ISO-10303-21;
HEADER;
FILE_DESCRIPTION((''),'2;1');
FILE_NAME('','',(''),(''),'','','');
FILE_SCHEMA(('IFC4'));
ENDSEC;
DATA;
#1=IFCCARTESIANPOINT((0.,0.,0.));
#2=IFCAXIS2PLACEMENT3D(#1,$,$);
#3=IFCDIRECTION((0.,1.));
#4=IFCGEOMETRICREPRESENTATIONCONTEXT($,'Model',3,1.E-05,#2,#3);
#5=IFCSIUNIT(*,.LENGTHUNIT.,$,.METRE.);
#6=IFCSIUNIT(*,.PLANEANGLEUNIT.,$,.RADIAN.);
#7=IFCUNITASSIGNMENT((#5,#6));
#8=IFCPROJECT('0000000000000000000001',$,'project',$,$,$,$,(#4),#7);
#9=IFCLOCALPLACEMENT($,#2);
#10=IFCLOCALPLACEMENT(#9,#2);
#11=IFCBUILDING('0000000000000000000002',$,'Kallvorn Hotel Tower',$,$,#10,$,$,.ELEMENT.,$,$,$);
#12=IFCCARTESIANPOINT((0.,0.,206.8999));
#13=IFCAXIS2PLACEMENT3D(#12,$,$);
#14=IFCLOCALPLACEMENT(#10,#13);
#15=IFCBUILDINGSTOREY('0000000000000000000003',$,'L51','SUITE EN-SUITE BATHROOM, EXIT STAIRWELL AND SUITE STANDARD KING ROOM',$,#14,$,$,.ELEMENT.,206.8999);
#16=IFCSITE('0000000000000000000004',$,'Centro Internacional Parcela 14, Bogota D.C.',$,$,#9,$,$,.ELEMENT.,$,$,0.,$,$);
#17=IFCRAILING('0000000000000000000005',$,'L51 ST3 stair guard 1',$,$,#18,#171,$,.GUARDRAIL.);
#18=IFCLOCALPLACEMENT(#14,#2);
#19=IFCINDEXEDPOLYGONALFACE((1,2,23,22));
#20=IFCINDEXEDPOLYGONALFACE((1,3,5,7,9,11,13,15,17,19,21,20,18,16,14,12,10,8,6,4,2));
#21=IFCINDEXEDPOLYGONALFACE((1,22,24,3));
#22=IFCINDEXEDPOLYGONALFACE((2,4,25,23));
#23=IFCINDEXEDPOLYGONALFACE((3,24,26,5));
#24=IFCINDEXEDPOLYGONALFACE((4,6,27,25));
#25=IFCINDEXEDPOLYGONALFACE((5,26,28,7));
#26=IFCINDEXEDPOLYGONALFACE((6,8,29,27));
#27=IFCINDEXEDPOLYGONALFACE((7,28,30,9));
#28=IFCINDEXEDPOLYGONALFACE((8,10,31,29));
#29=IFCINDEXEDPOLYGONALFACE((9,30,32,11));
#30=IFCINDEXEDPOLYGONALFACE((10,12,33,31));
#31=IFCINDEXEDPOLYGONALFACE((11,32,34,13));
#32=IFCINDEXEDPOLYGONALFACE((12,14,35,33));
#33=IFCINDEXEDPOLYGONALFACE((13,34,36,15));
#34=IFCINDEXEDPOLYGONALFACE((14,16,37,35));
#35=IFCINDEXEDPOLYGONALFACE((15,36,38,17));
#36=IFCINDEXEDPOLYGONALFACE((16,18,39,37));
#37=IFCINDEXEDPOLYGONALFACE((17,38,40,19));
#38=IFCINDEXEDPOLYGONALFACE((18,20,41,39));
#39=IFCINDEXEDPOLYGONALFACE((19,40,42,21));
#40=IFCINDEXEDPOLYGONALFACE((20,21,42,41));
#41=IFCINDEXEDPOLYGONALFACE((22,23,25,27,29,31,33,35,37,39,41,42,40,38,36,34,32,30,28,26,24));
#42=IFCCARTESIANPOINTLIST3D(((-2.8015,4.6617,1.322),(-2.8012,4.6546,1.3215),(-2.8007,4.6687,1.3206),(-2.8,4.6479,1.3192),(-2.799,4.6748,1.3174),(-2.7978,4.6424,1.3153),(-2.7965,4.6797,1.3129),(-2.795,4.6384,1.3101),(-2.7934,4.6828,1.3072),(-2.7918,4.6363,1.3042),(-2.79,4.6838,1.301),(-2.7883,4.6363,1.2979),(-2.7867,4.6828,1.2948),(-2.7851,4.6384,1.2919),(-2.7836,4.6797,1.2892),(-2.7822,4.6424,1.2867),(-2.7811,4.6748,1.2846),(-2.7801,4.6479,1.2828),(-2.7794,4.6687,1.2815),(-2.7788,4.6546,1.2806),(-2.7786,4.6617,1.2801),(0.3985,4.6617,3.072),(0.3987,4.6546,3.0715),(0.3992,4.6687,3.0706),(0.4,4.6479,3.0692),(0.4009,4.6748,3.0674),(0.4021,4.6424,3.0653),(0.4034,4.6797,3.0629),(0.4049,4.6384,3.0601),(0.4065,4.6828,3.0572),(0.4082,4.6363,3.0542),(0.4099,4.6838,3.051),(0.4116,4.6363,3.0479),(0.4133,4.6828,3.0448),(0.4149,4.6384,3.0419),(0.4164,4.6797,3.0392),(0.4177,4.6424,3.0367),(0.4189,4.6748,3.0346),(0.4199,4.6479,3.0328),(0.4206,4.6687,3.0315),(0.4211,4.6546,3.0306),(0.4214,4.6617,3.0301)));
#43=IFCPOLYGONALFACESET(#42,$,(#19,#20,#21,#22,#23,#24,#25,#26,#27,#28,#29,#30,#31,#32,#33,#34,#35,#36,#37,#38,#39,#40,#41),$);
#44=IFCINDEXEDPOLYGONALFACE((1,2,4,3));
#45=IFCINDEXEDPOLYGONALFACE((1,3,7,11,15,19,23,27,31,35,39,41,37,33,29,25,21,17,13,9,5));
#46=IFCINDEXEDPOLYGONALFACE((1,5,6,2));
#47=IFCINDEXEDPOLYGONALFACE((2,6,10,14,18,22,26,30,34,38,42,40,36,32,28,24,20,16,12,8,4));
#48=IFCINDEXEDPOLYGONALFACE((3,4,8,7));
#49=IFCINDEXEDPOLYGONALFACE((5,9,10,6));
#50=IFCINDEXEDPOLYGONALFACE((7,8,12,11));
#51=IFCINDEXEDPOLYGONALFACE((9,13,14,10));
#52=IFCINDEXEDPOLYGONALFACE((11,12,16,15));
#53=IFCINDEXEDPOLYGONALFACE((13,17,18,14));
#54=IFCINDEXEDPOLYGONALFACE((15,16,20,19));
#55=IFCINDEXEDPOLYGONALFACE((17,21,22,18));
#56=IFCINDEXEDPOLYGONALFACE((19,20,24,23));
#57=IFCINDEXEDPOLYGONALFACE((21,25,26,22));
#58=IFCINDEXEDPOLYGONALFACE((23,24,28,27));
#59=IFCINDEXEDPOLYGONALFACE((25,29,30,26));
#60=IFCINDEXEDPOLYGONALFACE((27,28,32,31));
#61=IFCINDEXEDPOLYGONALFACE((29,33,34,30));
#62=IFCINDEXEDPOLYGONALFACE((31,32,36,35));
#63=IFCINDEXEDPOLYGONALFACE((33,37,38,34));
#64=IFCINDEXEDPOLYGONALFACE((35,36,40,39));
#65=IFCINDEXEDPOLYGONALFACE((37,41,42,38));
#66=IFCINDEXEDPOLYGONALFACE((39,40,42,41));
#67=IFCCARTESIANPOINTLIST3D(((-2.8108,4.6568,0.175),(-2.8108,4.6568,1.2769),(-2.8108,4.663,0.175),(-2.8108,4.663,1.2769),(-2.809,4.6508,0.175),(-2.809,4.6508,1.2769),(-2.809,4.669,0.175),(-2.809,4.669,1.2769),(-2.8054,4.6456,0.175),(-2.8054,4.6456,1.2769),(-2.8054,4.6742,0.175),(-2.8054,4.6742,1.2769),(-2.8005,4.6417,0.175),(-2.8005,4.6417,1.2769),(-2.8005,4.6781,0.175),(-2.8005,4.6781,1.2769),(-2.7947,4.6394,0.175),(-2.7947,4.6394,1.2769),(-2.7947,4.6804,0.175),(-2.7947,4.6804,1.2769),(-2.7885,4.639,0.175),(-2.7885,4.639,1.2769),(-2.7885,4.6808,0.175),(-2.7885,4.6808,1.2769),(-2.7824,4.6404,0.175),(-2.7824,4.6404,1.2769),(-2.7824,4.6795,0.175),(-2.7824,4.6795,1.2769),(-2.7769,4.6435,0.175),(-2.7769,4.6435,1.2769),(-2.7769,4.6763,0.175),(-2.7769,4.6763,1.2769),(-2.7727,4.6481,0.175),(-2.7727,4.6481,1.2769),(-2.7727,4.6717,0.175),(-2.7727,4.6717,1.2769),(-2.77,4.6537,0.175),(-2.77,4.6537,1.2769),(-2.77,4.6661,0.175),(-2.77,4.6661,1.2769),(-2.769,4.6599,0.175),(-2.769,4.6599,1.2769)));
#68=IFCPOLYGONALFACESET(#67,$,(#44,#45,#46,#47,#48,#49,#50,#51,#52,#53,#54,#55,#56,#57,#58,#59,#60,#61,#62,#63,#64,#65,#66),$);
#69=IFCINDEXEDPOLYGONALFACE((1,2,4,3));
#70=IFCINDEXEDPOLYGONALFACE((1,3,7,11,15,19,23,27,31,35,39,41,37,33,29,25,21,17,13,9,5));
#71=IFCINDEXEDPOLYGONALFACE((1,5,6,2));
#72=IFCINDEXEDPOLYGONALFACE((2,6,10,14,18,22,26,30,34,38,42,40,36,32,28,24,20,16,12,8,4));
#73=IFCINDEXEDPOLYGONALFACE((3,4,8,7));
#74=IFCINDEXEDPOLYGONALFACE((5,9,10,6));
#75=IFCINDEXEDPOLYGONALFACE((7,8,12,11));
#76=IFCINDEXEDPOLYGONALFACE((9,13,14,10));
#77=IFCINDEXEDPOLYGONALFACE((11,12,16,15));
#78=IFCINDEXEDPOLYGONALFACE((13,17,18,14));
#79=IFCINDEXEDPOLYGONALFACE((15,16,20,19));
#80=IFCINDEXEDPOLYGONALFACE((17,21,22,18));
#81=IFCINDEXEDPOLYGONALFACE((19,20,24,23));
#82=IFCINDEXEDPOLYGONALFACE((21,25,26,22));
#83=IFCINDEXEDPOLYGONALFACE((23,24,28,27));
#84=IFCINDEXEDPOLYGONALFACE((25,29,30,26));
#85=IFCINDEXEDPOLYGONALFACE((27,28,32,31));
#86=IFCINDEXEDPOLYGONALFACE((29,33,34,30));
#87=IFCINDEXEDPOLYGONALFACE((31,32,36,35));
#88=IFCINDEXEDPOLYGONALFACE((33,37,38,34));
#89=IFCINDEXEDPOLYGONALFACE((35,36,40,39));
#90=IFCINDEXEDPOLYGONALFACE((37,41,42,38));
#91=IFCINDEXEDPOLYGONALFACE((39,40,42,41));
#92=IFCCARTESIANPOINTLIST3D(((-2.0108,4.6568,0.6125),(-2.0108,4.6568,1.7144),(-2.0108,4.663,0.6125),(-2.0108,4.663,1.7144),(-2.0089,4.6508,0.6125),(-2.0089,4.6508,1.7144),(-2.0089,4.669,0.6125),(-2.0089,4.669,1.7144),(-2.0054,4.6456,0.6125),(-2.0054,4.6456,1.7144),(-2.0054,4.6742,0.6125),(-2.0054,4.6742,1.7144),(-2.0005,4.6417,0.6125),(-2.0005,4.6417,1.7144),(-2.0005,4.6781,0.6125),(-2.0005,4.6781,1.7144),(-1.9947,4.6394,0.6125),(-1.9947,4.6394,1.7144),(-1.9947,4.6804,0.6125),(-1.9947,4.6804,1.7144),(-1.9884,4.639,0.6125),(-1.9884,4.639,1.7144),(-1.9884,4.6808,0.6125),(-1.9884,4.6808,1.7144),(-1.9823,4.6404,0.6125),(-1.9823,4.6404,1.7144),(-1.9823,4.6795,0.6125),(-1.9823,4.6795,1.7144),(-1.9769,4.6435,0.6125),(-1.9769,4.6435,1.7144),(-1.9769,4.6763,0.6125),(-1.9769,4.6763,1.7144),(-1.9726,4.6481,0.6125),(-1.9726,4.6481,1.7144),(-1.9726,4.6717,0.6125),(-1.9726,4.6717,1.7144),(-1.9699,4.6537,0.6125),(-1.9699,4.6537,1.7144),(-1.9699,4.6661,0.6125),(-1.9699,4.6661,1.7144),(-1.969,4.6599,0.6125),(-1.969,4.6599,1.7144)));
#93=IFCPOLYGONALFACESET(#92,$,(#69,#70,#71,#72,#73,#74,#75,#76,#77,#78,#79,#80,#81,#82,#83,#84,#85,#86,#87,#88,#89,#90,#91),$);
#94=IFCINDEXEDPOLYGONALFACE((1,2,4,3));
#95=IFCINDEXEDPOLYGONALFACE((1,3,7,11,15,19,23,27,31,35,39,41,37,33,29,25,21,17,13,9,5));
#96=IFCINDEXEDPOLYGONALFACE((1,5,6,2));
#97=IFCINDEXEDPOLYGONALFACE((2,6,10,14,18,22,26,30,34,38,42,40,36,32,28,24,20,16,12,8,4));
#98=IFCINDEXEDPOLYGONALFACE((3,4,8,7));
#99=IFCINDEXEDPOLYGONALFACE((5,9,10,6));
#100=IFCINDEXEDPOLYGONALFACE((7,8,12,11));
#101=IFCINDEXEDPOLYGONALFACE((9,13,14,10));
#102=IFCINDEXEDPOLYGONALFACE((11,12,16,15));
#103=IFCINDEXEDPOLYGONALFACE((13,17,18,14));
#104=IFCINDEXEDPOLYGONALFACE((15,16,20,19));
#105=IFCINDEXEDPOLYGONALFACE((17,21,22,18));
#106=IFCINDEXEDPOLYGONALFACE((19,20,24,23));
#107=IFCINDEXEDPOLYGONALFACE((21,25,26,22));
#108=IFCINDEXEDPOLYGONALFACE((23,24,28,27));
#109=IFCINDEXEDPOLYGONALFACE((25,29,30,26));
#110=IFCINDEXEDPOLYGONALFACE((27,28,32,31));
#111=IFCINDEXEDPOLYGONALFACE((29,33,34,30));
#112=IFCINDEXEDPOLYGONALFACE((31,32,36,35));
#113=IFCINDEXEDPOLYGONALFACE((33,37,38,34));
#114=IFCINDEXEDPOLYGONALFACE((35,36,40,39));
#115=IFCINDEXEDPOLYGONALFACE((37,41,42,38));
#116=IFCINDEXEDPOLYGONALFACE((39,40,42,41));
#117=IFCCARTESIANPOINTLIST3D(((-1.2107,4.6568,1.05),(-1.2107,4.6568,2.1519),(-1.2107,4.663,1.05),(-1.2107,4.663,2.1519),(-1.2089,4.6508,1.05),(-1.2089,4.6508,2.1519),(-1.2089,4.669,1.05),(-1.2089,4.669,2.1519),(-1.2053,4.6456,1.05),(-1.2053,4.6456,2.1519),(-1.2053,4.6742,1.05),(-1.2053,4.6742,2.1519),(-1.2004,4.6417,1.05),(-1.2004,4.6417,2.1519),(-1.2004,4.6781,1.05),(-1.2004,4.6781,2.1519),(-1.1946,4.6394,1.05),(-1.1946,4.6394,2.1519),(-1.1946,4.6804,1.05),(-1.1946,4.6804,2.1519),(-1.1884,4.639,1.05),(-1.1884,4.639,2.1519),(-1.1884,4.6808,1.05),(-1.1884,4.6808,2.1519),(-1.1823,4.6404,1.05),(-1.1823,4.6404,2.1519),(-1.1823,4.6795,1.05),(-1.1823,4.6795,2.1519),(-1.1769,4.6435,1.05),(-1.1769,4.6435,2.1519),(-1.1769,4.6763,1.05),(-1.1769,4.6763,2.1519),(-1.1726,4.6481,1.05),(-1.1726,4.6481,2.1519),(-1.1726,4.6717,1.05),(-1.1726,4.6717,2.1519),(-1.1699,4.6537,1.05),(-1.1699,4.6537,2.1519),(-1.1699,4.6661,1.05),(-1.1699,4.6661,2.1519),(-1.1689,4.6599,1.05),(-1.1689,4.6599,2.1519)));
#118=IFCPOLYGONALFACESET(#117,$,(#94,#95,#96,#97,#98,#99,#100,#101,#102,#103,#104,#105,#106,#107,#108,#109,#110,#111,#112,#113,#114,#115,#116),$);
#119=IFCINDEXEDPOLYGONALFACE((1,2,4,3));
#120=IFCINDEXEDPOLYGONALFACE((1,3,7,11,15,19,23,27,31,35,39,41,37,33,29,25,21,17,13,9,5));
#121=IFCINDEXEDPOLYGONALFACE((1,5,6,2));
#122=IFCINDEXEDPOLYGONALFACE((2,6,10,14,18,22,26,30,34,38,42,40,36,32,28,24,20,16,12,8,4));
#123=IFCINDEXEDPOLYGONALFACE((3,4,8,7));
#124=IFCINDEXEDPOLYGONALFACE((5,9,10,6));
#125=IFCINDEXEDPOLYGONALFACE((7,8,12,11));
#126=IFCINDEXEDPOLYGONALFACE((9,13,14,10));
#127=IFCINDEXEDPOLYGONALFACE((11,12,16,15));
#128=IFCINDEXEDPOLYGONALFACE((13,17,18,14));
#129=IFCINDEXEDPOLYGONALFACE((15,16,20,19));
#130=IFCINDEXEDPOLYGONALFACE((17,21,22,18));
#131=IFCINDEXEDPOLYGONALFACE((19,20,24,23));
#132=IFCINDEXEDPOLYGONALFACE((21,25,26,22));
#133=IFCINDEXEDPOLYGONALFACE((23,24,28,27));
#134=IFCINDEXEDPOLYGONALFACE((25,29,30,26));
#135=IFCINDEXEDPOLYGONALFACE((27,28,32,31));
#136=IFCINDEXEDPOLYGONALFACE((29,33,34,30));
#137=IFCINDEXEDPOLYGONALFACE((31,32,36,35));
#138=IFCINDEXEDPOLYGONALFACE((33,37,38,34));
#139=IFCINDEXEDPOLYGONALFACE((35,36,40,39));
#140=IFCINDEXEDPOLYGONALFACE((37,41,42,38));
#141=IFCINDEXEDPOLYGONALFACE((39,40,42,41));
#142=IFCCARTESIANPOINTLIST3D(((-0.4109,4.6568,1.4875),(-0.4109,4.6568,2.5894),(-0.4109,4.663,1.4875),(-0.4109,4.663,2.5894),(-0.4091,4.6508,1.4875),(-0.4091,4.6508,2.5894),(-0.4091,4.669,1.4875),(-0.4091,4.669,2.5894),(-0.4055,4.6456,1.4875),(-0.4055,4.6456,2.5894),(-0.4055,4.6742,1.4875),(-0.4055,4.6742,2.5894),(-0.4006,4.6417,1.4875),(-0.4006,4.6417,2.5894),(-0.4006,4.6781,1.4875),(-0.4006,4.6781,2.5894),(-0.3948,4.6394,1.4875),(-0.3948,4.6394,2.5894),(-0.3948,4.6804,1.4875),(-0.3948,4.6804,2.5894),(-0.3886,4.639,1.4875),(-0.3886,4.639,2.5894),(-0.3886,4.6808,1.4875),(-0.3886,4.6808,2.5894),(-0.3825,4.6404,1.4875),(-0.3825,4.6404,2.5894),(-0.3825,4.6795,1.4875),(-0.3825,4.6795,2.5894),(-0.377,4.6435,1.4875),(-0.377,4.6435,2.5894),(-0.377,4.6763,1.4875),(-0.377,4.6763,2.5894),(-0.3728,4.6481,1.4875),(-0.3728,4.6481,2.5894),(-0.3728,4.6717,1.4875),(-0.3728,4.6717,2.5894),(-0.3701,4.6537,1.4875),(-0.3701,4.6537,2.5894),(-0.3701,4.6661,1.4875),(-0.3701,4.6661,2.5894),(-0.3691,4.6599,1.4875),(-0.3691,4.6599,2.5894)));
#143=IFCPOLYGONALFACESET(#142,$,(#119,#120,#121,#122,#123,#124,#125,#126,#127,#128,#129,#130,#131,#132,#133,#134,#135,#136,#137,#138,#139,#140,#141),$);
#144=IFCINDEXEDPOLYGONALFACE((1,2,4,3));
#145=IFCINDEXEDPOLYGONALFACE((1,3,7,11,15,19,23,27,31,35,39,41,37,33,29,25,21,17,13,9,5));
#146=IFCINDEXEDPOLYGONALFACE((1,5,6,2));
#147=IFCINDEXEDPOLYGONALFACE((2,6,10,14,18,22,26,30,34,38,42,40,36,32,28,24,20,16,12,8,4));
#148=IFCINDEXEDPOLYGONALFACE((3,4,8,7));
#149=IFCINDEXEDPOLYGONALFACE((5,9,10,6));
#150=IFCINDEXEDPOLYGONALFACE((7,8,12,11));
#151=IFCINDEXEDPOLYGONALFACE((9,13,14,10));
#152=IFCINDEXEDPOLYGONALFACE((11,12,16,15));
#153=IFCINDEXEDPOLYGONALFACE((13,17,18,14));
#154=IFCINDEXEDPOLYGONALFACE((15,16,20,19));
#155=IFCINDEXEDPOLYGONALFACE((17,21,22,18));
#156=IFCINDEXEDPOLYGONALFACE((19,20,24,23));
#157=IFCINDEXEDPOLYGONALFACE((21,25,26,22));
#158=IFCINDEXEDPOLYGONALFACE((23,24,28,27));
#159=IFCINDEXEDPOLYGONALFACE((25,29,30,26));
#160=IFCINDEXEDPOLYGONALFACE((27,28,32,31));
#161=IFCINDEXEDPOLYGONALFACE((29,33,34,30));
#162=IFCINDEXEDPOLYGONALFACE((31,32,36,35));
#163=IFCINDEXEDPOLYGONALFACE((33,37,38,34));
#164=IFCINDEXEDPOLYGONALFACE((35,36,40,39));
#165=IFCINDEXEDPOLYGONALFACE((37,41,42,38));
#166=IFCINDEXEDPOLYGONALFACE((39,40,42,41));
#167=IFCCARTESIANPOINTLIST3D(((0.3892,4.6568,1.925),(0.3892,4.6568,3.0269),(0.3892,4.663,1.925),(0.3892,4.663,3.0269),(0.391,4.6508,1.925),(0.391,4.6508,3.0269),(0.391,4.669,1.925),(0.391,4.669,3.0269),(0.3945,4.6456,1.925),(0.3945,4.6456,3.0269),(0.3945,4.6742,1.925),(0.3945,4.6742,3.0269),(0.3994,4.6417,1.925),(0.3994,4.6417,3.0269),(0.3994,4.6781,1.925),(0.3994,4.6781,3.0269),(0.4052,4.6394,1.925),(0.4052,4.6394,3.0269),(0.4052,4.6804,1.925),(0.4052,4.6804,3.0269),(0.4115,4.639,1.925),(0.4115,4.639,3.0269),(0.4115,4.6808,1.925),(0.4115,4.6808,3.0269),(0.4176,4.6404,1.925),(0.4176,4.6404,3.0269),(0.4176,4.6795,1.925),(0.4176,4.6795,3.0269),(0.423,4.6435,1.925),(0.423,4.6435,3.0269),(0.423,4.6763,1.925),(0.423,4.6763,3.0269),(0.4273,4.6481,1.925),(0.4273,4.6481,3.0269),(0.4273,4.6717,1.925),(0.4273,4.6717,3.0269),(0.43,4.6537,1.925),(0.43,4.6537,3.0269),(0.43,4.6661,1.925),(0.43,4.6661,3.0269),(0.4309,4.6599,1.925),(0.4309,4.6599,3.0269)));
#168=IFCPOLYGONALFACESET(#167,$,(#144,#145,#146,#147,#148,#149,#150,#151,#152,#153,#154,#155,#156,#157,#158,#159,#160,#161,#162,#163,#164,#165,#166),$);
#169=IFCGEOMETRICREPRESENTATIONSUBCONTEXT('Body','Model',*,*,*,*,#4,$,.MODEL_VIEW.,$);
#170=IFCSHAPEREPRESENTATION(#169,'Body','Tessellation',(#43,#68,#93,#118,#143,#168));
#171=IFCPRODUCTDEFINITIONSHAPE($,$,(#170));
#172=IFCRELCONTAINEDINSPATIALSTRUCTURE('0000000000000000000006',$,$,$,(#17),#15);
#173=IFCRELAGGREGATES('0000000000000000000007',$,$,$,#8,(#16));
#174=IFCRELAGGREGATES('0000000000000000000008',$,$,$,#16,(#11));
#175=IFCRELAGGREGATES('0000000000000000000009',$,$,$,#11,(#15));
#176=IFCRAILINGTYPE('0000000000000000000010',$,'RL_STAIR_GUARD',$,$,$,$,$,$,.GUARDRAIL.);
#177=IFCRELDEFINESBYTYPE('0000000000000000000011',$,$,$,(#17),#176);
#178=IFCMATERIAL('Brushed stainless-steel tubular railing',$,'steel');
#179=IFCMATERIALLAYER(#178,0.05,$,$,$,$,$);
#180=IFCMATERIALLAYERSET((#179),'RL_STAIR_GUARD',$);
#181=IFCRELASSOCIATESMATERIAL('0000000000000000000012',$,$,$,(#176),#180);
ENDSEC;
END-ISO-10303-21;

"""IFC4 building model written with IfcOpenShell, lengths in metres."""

from ifc_helpers import new_model, si_unit, direction, frame, origin, origin_2d, place, context, subcontext, project, spatial, circle, extrude, material, layer, layer_set, type_object, element, save


model = new_model("IFC4")

# Units and contexts
model_context = context("Model", 3, precision=1e-05, world=origin(), true_north=direction((0.0, 1.0)))
body_context = subcontext(model_context, "Body", "Model", "MODEL_VIEW")
ifc_project = project(units=[si_unit("LENGTHUNIT", "METRE"), si_unit("PLANEANGLEUNIT", "RADIAN")], contexts=[model_context])

# Site, building, storey
site_placement = place(None, origin())
site = spatial("IfcSite", under=ifc_project, at=site_placement, Name="Centro Internacional Parcela 14, Bogota D.C.", CompositionType="ELEMENT", RefElevation=0.0)
building_placement = place(site_placement, origin())
building = spatial("IfcBuilding", under=site, at=building_placement, Name="Kallvorn Hotel Tower", CompositionType="ELEMENT")
storey_placement = place(building_placement, frame((0.0, 0.0, 206.8999)))
storey = spatial("IfcBuildingStorey", under=building, at=storey_placement, Name="L51", Description="SUITE EN-SUITE BATHROOM, EXIT STAIRWELL AND SUITE STANDARD KING ROOM", CompositionType="ELEMENT", Elevation=206.8999)

# Railing
ifc_material_1 = material(Name="Brushed stainless-steel tubular railing", Category="steel")
ifc_layer_1 = layer(ifc_material_1, 0.05)
ifc_layer_set_1 = layer_set([ifc_layer_1], Name="RL_STAIR_GUARD")
railing_type_1 = type_object("IfcRailingType", Name="RL_STAIR_GUARD", PredefinedType="GUARDRAIL", material=ifc_layer_set_1)
railing_1_placement = place(storey_placement, frame((-2.79, 4.6599, 0.175)))
element("IfcRailing", 1, at=railing_1_placement, inside=storey, type_object=railing_type_1, Name="L51 ST3 stair guard 1", PredefinedType="GUARDRAIL", context=body_context, shape_type="SweptSolid", body=[
    extrude(circle(Radius=0.0239, at=origin_2d()), frame((0.0, 0.0, 1.126), z_axis=(0.877368, 0.0, 0.479818), x_axis=(0.0, 1.0, 0.0)), (0.0, 0.0, 1.0), 3.6472),
    extrude(circle(Radius=0.021, at=origin_2d()), origin(), (0.0, 0.0, 1.0), 1.1018),
    extrude(circle(Radius=0.021, at=origin_2d()), frame((0.8, 0.0, 0.4375)), (0.0, 0.0, 1.0), 1.1018),
    extrude(circle(Radius=0.021, at=origin_2d()), frame((1.6001, 0.0, 0.875)), (0.0, 0.0, 1.0), 1.1018),
    extrude(circle(Radius=0.021, at=origin_2d()), frame((2.3999, 0.0, 1.3125)), (0.0, 0.0, 1.0), 1.1018),
    extrude(circle(Radius=0.021, at=origin_2d()), frame((3.2, 0.0, 1.75)), (0.0, 0.0, 1.0), 1.1018),
])

save(model, "model.ifc")
